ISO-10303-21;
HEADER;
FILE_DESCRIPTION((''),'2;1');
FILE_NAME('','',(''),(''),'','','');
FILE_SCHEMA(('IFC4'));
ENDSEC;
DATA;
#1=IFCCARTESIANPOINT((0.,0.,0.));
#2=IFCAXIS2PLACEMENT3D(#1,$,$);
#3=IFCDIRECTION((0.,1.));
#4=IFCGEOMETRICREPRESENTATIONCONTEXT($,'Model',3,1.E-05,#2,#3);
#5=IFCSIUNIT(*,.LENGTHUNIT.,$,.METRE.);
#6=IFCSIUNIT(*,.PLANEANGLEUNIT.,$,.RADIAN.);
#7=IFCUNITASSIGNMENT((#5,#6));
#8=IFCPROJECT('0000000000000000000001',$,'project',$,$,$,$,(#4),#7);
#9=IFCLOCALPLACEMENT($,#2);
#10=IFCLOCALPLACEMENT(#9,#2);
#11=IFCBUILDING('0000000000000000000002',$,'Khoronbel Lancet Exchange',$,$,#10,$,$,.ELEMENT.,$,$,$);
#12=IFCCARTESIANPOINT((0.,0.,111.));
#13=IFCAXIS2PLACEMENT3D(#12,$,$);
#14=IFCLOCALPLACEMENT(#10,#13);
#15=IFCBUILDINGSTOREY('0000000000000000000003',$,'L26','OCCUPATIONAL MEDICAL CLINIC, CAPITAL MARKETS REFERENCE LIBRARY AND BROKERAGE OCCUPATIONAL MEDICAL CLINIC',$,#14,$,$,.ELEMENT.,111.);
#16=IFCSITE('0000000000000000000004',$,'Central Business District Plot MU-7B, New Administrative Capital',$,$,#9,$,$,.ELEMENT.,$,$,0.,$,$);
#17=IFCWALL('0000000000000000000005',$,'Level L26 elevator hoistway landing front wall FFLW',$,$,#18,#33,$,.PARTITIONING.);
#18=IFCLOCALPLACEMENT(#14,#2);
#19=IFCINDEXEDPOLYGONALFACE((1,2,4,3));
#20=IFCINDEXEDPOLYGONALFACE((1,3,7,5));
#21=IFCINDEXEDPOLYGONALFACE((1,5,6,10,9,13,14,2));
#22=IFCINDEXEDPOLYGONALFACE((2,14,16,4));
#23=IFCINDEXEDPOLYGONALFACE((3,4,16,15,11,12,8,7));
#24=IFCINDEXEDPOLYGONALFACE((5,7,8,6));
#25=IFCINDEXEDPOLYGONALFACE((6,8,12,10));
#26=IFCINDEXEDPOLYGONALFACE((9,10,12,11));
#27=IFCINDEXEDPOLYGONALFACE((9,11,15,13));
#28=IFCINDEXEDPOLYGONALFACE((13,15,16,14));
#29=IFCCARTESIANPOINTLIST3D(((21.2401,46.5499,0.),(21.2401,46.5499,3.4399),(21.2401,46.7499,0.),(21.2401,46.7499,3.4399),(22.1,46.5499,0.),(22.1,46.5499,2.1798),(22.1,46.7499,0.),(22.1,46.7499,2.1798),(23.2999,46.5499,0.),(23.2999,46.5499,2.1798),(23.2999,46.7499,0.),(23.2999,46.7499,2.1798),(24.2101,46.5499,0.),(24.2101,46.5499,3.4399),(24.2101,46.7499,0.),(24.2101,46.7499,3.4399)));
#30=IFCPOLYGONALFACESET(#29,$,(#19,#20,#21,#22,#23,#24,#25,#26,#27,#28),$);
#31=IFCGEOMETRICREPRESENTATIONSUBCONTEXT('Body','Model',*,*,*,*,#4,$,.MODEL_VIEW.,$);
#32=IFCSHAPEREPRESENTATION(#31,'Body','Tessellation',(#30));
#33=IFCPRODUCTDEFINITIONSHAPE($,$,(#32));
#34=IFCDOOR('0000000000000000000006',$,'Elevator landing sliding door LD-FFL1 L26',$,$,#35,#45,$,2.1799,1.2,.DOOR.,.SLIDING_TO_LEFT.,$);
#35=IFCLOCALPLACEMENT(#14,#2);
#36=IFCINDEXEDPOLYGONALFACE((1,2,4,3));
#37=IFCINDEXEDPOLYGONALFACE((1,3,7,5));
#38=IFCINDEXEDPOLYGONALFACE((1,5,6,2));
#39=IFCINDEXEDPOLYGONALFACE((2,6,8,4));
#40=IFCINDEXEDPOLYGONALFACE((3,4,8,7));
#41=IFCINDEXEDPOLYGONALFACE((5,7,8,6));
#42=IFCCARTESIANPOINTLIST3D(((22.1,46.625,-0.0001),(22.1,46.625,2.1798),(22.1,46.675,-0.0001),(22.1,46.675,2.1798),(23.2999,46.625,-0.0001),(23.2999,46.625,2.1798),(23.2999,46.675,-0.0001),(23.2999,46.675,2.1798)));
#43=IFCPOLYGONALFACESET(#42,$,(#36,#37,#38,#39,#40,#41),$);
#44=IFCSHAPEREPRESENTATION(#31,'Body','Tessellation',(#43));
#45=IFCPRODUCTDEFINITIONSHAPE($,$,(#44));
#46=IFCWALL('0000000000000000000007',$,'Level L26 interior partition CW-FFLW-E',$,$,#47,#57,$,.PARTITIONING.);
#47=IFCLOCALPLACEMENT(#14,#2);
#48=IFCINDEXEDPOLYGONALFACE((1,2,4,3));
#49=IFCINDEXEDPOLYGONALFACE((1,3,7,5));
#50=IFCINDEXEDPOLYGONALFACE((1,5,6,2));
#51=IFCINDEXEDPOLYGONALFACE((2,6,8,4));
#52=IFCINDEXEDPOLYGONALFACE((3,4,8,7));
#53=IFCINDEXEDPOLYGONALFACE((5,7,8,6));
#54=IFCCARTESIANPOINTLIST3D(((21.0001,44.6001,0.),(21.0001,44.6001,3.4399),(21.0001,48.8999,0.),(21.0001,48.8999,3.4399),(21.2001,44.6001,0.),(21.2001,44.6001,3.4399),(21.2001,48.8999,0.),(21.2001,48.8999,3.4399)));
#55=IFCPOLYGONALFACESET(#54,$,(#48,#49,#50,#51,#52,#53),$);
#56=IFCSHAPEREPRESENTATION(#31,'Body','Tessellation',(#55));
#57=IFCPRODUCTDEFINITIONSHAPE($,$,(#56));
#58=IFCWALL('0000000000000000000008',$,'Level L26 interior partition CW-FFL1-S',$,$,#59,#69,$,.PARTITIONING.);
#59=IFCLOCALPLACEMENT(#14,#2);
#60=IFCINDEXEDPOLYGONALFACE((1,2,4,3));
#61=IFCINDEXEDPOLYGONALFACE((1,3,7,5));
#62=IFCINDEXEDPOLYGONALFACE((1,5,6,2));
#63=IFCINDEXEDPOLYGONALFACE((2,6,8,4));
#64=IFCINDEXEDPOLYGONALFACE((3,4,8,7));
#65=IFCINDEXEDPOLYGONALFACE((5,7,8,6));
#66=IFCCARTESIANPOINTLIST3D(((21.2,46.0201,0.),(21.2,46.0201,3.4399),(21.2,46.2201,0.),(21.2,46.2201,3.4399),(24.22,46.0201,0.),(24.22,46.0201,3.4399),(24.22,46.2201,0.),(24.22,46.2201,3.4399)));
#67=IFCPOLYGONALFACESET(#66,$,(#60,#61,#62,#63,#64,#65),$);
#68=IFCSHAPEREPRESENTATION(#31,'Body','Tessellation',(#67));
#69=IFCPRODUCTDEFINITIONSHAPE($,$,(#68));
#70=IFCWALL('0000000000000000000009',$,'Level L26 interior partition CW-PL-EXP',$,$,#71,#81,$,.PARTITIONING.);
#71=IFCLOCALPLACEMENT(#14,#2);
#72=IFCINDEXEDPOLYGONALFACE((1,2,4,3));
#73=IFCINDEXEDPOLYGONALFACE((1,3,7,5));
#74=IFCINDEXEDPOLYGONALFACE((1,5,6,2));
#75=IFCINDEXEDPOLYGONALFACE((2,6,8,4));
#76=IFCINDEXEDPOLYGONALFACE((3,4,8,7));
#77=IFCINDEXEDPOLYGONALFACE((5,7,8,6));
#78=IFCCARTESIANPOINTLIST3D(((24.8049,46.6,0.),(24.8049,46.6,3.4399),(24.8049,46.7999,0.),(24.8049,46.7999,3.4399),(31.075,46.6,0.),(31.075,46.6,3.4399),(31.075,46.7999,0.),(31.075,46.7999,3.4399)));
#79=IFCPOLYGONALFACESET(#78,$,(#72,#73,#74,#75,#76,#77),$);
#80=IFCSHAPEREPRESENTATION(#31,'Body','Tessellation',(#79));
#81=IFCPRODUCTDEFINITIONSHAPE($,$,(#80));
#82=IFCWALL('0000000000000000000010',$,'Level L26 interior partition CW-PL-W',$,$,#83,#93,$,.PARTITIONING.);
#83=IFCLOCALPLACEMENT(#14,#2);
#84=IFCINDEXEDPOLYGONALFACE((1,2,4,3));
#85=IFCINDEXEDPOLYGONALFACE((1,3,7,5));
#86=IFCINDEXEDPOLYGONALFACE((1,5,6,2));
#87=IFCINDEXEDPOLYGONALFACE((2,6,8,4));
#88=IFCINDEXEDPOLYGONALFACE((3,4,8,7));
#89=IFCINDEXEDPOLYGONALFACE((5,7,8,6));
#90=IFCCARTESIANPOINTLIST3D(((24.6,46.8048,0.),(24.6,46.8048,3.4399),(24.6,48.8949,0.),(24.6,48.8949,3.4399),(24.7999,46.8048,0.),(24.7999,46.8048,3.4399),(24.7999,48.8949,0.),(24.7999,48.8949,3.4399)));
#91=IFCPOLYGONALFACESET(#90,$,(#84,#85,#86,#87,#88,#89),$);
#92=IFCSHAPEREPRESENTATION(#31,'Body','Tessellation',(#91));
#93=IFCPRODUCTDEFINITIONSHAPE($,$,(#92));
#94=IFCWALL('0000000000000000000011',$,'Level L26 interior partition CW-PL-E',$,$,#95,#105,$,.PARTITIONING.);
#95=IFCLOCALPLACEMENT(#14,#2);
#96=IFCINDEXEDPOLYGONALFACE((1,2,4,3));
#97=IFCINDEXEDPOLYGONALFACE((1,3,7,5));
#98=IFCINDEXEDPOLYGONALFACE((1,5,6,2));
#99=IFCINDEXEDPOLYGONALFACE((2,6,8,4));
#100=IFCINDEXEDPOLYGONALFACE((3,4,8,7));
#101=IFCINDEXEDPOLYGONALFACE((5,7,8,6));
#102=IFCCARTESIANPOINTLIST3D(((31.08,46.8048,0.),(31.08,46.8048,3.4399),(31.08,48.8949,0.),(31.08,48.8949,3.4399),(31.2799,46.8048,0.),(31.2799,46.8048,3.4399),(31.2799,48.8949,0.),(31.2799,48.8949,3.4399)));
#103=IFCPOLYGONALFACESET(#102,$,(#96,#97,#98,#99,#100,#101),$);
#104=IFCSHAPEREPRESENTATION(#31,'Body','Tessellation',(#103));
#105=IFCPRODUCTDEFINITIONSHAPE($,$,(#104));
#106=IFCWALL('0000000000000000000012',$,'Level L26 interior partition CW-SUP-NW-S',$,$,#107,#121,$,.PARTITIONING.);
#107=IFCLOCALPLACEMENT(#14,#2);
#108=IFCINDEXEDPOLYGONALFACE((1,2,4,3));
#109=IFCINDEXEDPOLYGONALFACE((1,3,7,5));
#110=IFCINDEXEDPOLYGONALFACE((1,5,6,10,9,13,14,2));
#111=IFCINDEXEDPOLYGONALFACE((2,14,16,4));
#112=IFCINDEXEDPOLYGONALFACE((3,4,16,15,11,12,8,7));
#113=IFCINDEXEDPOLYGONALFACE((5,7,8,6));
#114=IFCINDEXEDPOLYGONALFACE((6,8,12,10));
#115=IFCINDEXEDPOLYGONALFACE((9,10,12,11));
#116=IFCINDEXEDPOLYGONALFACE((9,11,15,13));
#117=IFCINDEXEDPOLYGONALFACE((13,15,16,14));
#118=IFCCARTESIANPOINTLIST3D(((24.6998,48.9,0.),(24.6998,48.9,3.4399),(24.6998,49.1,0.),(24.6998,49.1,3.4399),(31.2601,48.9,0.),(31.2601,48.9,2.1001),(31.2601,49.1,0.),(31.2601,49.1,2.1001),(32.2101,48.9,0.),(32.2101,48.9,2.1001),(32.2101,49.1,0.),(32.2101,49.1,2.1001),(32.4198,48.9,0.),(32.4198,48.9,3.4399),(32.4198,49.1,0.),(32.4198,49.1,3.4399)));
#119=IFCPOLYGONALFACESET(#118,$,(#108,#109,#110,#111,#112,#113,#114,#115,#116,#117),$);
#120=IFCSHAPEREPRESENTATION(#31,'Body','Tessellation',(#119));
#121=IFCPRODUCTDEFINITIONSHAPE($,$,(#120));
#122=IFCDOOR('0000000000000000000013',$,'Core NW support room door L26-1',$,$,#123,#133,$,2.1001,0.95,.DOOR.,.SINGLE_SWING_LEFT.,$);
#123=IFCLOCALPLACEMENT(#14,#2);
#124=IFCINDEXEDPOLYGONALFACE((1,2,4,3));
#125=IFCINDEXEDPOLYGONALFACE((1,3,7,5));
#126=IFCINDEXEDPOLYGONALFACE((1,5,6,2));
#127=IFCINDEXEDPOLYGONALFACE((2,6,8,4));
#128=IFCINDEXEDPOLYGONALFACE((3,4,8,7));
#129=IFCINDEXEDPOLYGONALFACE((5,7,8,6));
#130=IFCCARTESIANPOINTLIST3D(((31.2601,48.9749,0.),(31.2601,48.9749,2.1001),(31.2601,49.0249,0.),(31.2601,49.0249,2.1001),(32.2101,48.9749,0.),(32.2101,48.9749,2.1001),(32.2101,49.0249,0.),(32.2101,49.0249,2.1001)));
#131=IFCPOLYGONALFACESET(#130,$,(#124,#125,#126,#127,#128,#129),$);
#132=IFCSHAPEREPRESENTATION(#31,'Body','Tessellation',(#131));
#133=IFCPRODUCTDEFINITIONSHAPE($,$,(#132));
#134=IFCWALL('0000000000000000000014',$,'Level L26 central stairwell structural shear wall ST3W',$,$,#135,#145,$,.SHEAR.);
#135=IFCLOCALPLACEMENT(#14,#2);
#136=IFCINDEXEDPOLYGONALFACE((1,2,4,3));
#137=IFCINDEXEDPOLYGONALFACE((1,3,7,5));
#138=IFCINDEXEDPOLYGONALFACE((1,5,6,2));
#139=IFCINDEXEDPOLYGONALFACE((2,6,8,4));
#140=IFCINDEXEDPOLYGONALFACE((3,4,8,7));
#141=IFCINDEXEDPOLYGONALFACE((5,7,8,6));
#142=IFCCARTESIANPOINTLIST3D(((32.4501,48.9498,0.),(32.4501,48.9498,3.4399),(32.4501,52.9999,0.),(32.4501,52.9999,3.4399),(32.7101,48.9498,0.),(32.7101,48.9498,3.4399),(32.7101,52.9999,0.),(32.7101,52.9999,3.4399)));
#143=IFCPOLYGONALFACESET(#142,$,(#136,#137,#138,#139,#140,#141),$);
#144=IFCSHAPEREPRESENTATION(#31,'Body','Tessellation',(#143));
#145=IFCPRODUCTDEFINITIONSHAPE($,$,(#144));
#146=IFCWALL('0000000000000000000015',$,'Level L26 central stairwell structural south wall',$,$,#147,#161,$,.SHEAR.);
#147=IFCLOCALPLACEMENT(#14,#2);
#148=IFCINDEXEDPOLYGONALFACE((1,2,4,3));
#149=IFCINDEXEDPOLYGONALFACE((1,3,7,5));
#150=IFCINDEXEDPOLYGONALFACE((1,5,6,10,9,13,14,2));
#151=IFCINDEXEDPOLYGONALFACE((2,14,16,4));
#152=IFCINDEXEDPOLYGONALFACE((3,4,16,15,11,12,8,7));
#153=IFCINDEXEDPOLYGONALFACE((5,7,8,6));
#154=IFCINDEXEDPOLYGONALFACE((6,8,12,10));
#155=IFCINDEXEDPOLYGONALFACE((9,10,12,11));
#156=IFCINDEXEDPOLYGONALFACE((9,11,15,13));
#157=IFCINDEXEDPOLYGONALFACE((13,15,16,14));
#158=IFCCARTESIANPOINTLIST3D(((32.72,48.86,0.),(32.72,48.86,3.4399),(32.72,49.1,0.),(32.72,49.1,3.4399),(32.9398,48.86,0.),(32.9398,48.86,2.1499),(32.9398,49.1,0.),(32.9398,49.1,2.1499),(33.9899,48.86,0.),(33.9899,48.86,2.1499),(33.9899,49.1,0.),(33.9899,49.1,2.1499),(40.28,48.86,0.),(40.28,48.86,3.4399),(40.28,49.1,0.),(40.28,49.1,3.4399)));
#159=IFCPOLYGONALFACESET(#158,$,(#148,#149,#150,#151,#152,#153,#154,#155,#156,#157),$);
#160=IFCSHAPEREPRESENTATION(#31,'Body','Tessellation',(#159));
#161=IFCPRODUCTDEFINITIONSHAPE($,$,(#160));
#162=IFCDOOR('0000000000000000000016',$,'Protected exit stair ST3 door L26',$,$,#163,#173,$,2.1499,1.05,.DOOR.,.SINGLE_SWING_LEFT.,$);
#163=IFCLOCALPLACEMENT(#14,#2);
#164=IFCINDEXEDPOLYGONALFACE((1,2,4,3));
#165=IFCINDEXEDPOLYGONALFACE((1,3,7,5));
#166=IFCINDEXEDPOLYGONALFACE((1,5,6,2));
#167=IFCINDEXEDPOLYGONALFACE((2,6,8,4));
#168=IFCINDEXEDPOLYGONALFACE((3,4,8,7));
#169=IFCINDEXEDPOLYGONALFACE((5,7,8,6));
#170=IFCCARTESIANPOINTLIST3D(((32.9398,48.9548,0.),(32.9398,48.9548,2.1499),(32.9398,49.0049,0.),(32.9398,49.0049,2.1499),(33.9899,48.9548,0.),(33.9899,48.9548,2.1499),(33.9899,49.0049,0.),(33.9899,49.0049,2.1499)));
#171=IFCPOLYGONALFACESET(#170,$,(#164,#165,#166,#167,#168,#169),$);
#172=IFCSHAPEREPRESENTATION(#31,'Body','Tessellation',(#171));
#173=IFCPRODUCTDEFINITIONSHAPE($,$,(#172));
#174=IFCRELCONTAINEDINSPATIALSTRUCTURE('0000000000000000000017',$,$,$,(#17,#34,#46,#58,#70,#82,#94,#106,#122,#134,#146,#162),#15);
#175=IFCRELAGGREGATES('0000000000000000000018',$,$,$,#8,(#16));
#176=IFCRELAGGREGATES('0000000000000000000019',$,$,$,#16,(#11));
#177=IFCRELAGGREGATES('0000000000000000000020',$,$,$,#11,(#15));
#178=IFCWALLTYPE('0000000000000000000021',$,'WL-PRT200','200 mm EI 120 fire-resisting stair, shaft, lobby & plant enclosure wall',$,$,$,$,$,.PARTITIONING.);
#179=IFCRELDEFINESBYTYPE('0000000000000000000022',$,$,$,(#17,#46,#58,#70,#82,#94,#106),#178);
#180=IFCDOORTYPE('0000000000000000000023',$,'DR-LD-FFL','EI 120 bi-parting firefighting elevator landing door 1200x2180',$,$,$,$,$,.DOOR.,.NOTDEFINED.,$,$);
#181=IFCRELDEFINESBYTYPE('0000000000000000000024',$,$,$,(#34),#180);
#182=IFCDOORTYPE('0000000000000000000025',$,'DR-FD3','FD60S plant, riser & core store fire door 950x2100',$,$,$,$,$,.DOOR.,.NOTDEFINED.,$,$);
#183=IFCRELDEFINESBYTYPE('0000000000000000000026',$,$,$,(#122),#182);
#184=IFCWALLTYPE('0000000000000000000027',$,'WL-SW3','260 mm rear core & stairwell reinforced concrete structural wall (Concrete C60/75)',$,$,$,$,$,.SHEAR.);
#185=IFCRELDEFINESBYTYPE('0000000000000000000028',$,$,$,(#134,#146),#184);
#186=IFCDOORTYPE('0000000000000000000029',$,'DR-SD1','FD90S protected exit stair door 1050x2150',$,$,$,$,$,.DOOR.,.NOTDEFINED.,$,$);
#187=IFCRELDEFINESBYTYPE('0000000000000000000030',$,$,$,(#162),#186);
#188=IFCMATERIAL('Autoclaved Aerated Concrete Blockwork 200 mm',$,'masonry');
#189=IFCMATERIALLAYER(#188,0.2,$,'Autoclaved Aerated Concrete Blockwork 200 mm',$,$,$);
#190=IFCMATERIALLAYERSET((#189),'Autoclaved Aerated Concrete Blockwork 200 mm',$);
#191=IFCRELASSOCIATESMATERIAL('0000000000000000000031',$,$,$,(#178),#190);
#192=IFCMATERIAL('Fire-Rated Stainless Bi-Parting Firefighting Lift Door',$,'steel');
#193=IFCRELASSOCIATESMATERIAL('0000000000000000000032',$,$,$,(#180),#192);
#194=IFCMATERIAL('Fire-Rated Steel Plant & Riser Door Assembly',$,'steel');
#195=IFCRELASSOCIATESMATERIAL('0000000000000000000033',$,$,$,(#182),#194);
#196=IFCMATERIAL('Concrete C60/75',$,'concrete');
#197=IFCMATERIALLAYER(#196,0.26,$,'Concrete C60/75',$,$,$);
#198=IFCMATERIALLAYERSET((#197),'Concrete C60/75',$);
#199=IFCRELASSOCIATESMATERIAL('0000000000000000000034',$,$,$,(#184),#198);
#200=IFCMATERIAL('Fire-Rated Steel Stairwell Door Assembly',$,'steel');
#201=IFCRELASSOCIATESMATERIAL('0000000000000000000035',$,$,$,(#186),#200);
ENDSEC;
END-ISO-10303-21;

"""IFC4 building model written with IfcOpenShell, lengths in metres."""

from ifc_helpers import new_model, si_unit, direction, frame, frame_2d, origin, place, context, subcontext, project, spatial, rectangle, extrude, material, layer, layer_set, type_object, element, fill, save


model = new_model("IFC4")

# Units and contexts
model_context = context("Model", 3, precision=1e-05, world=origin(), true_north=direction((0.0, 1.0)))
body_context = subcontext(model_context, "Body", "Model", "MODEL_VIEW")
ifc_project = project(units=[si_unit("LENGTHUNIT", "METRE"), si_unit("PLANEANGLEUNIT", "RADIAN")], contexts=[model_context])

# Site, building, storey
site_placement = place(None, origin())
site = spatial("IfcSite", under=ifc_project, at=site_placement, Name="Central Business District Plot MU-7B, New Administrative Capital", CompositionType="ELEMENT", RefElevation=0.0)
building_placement = place(site_placement, origin())
building = spatial("IfcBuilding", under=site, at=building_placement, Name="Khoronbel Lancet Exchange", CompositionType="ELEMENT")
storey_placement = place(building_placement, frame((0.0, 0.0, 111.0)))
storey = spatial("IfcBuildingStorey", under=building, at=storey_placement, Name="L26", Description="OCCUPATIONAL MEDICAL CLINIC, CAPITAL MARKETS REFERENCE LIBRARY AND BROKERAGE OCCUPATIONAL MEDICAL CLINIC", CompositionType="ELEMENT", Elevation=111.0)

# Wall, opening, door
ifc_material_1 = material(Name="Autoclaved Aerated Concrete Blockwork 200 mm", Category="masonry")
ifc_layer_1 = layer(ifc_material_1, 0.2, Name="Autoclaved Aerated Concrete Blockwork 200 mm")
ifc_layer_set_1 = layer_set([ifc_layer_1], Name="Autoclaved Aerated Concrete Blockwork 200 mm")
wall_type_1 = type_object("IfcWallType", Name="WL-PRT200", Description="200 mm EI 120 fire-resisting stair, shaft, lobby & plant enclosure wall", PredefinedType="PARTITIONING", material=ifc_layer_set_1)
wall_1_placement = place(storey_placement, frame((24.21, 46.6499, 0.0), z_axis=(0.0, 0.0, 1.0), x_axis=(-1.0, 0.0, 0.0)))
wall_1 = element("IfcWall", 1, at=wall_1_placement, inside=storey, type_object=wall_type_1, Name="Level L26 elevator hoistway landing front wall FFLW", PredefinedType="PARTITIONING", context=body_context, shape_type="SweptSolid", body=[
    extrude(rectangle(XDim=2.97, YDim=0.2, at=frame_2d((1.4849, 0.0))), origin(), (0.0, 0.0, 1.0), 3.4399),
])
opening_1_placement = place(wall_1_placement, frame((0.9099, 0.0, 0.0)))
opening_1 = element("IfcOpeningElement", 2, at=opening_1_placement, cuts=wall_1, PredefinedType="OPENING", context=body_context, shape_type="SweptSolid", body=[
    extrude(rectangle(XDim=1.2, YDim=2.1799, at=frame_2d((0.6001, 1.0898))), frame((0.0, 0.1099, 0.0), z_axis=(0.0, -1.0, 0.0), x_axis=(1.0, 0.0, 0.0)), (0.0, 0.0, 1.0), 0.22),
])
ifc_material_2 = material(Name="Fire-Rated Stainless Bi-Parting Firefighting Lift Door", Category="steel")
door_type_1 = type_object("IfcDoorType", Name="DR-LD-FFL", Description="EI 120 bi-parting firefighting elevator landing door 1200x2180", OperationType="NOTDEFINED", PredefinedType="DOOR", material=ifc_material_2)
door_1_placement = place(opening_1_placement, origin())
door_1 = element("IfcDoor", 3, at=door_1_placement, inside=storey, type_object=door_type_1, Name="Elevator landing sliding door LD-FFL1 L26", OperationType="SLIDING_TO_LEFT", OverallHeight=2.1799, OverallWidth=1.2, PredefinedType="DOOR", context=body_context, shape_type="SweptSolid", body=[
    extrude(rectangle(XDim=1.2, YDim=2.1799, at=frame_2d((0.6001, 1.0898))), frame((0.0, 0.0249, 0.0), z_axis=(0.0, -1.0, 0.0), x_axis=(1.0, 0.0, 0.0)), (0.0, 0.0, 1.0), 0.05),
])
fill(opening_1, door_1)

# Walls
wall_2_placement = place(storey_placement, frame((21.1001, 44.6001, 0.0), z_axis=(0.0, 0.0, 1.0), x_axis=(0.0, 1.0, 0.0)))
element("IfcWall", 4, at=wall_2_placement, inside=storey, type_object=wall_type_1, Name="Level L26 interior partition CW-FFLW-E", PredefinedType="PARTITIONING", context=body_context, shape_type="SweptSolid", body=[
    extrude(rectangle(XDim=4.2998, YDim=0.2, at=frame_2d((2.1499, 0.0))), origin(), (0.0, 0.0, 1.0), 3.4399),
])
wall_3_placement = place(storey_placement, frame((21.2, 46.1201, 0.0), z_axis=(0.0, 0.0, 1.0), x_axis=(1.0, 0.0, 0.0)))
element("IfcWall", 5, at=wall_3_placement, inside=storey, type_object=wall_type_1, Name="Level L26 interior partition CW-FFL1-S", PredefinedType="PARTITIONING", context=body_context, shape_type="SweptSolid", body=[
    extrude(rectangle(XDim=3.02, YDim=0.2, at=frame_2d((1.51, 0.0))), origin(), (0.0, 0.0, 1.0), 3.4399),
])
wall_4_placement = place(storey_placement, frame((24.8049, 46.7, 0.0), z_axis=(0.0, 0.0, 1.0), x_axis=(1.0, 0.0, 0.0)))
element("IfcWall", 6, at=wall_4_placement, inside=storey, type_object=wall_type_1, Name="Level L26 interior partition CW-PL-EXP", PredefinedType="PARTITIONING", context=body_context, shape_type="SweptSolid", body=[
    extrude(rectangle(XDim=6.27, YDim=0.2, at=frame_2d((3.135, 0.0))), origin(), (0.0, 0.0, 1.0), 3.4399),
])
for number, where, z_axis, x_axis, name in (
    (7, (24.7, 46.8049, 0.0), (0.0, 0.0, 1.0), (0.0, 1.0, 0.0), "Level L26 interior partition CW-PL-W"),
    (8, (31.1799, 46.8049, 0.0), (0.0, 0.0, 1.0), (0.0, 1.0, 0.0), "Level L26 interior partition CW-PL-E"),
):
    element("IfcWall", number, at=place(storey_placement, frame(where, z_axis=z_axis, x_axis=x_axis)), inside=storey, type_object=wall_type_1, Name=name, PredefinedType="PARTITIONING", context=body_context, shape_type="SweptSolid", body=[
        extrude(rectangle(XDim=2.0901, YDim=0.2, at=frame_2d((1.0449, 0.0))), origin(), (0.0, 0.0, 1.0), 3.4399),
    ])

# Wall, opening, door
wall_5_placement = place(storey_placement, frame((24.7, 49.0, 0.0), z_axis=(0.0, 0.0, 1.0), x_axis=(1.0, 0.0, 0.0)))
wall_5 = element("IfcWall", 9, at=wall_5_placement, inside=storey, type_object=wall_type_1, Name="Level L26 interior partition CW-SUP-NW-S", PredefinedType="PARTITIONING", context=body_context, shape_type="SweptSolid", body=[
    extrude(rectangle(XDim=7.72, YDim=0.2, at=frame_2d((3.8599, 0.0))), origin(), (0.0, 0.0, 1.0), 3.4399),
])
opening_2_placement = place(wall_5_placement, frame((6.5601, 0.0, 0.0)))
opening_2 = element("IfcOpeningElement", 10, at=opening_2_placement, cuts=wall_5, PredefinedType="OPENING", context=body_context, shape_type="SweptSolid", body=[
    extrude(rectangle(XDim=0.95, YDim=2.1001, at=frame_2d((0.4751, 1.05))), frame((0.0, 0.1099, 0.0), z_axis=(0.0, -1.0, 0.0), x_axis=(1.0, 0.0, 0.0)), (0.0, 0.0, 1.0), 0.22),
])
ifc_material_3 = material(Name="Fire-Rated Steel Plant & Riser Door Assembly", Category="steel")
door_type_2 = type_object("IfcDoorType", Name="DR-FD3", Description="FD60S plant, riser & core store fire door 950x2100", OperationType="NOTDEFINED", PredefinedType="DOOR", material=ifc_material_3)
door_2_placement = place(opening_2_placement, origin())
door_2 = element("IfcDoor", 11, at=door_2_placement, inside=storey, type_object=door_type_2, Name="Core NW support room door L26-1", OperationType="SINGLE_SWING_LEFT", OverallHeight=2.1001, OverallWidth=0.95, PredefinedType="DOOR", context=body_context, shape_type="SweptSolid", body=[
    extrude(rectangle(XDim=0.95, YDim=2.1001, at=frame_2d((0.4751, 1.05))), frame((0.0, 0.0249, 0.0), z_axis=(0.0, -1.0, 0.0), x_axis=(1.0, 0.0, 0.0)), (0.0, 0.0, 1.0), 0.05),
])
fill(opening_2, door_2)

# Wall
ifc_material_4 = material(Name="Concrete C60/75", Category="concrete")
ifc_layer_2 = layer(ifc_material_4, 0.26, Name="Concrete C60/75")
ifc_layer_set_2 = layer_set([ifc_layer_2], Name="Concrete C60/75")
wall_type_2 = type_object("IfcWallType", Name="WL-SW3", Description="260 mm rear core & stairwell reinforced concrete structural wall (Concrete C60/75)", PredefinedType="SHEAR", material=ifc_layer_set_2)
wall_6_placement = place(storey_placement, frame((32.5801, 48.95, 0.0), z_axis=(0.0, 0.0, 1.0), x_axis=(0.0, 1.0, 0.0)))
element("IfcWall", 12, at=wall_6_placement, inside=storey, type_object=wall_type_2, Name="Level L26 central stairwell structural shear wall ST3W", PredefinedType="SHEAR", context=body_context, shape_type="SweptSolid", body=[
    extrude(rectangle(XDim=4.05, YDim=0.26, at=frame_2d((2.0249, 0.0))), origin(), (0.0, 0.0, 1.0), 3.4399),
])

# Wall, opening, door
wall_7_placement = place(storey_placement, frame((32.72, 48.98, 0.0), z_axis=(0.0, 0.0, 1.0), x_axis=(1.0, 0.0, 0.0)))
wall_7 = element("IfcWall", 13, at=wall_7_placement, inside=storey, type_object=wall_type_2, Name="Level L26 central stairwell structural south wall", PredefinedType="SHEAR", context=body_context, shape_type="SweptSolid", body=[
    extrude(rectangle(XDim=7.5601, YDim=0.24, at=frame_2d((3.78, 0.0))), origin(), (0.0, 0.0, 1.0), 3.4399),
])
opening_3_placement = place(wall_7_placement, frame((0.22, 0.0, 0.0)))
opening_3 = element("IfcOpeningElement", 14, at=opening_3_placement, cuts=wall_7, PredefinedType="OPENING", context=body_context, shape_type="SweptSolid", body=[
    extrude(rectangle(XDim=1.05, YDim=2.1499, at=frame_2d((0.5249, 1.075))), frame((0.0, 0.1299, 0.0), z_axis=(0.0, -1.0, 0.0), x_axis=(1.0, 0.0, 0.0)), (0.0, 0.0, 1.0), 0.26),
])
ifc_material_5 = material(Name="Fire-Rated Steel Stairwell Door Assembly", Category="steel")
door_type_3 = type_object("IfcDoorType", Name="DR-SD1", Description="FD90S protected exit stair door 1050x2150", OperationType="NOTDEFINED", PredefinedType="DOOR", material=ifc_material_5)
door_3_placement = place(opening_3_placement, origin())
door_3 = element("IfcDoor", 15, at=door_3_placement, inside=storey, type_object=door_type_3, Name="Protected exit stair ST3 door L26", OperationType="SINGLE_SWING_LEFT", OverallHeight=2.1499, OverallWidth=1.05, PredefinedType="DOOR", context=body_context, shape_type="SweptSolid", body=[
    extrude(rectangle(XDim=1.05, YDim=2.1499, at=frame_2d((0.5249, 1.075))), frame((0.0, 0.0249, 0.0), z_axis=(0.0, -1.0, 0.0), x_axis=(1.0, 0.0, 0.0)), (0.0, 0.0, 1.0), 0.05),
])
fill(opening_3, door_3)

save(model, "model.ifc")
